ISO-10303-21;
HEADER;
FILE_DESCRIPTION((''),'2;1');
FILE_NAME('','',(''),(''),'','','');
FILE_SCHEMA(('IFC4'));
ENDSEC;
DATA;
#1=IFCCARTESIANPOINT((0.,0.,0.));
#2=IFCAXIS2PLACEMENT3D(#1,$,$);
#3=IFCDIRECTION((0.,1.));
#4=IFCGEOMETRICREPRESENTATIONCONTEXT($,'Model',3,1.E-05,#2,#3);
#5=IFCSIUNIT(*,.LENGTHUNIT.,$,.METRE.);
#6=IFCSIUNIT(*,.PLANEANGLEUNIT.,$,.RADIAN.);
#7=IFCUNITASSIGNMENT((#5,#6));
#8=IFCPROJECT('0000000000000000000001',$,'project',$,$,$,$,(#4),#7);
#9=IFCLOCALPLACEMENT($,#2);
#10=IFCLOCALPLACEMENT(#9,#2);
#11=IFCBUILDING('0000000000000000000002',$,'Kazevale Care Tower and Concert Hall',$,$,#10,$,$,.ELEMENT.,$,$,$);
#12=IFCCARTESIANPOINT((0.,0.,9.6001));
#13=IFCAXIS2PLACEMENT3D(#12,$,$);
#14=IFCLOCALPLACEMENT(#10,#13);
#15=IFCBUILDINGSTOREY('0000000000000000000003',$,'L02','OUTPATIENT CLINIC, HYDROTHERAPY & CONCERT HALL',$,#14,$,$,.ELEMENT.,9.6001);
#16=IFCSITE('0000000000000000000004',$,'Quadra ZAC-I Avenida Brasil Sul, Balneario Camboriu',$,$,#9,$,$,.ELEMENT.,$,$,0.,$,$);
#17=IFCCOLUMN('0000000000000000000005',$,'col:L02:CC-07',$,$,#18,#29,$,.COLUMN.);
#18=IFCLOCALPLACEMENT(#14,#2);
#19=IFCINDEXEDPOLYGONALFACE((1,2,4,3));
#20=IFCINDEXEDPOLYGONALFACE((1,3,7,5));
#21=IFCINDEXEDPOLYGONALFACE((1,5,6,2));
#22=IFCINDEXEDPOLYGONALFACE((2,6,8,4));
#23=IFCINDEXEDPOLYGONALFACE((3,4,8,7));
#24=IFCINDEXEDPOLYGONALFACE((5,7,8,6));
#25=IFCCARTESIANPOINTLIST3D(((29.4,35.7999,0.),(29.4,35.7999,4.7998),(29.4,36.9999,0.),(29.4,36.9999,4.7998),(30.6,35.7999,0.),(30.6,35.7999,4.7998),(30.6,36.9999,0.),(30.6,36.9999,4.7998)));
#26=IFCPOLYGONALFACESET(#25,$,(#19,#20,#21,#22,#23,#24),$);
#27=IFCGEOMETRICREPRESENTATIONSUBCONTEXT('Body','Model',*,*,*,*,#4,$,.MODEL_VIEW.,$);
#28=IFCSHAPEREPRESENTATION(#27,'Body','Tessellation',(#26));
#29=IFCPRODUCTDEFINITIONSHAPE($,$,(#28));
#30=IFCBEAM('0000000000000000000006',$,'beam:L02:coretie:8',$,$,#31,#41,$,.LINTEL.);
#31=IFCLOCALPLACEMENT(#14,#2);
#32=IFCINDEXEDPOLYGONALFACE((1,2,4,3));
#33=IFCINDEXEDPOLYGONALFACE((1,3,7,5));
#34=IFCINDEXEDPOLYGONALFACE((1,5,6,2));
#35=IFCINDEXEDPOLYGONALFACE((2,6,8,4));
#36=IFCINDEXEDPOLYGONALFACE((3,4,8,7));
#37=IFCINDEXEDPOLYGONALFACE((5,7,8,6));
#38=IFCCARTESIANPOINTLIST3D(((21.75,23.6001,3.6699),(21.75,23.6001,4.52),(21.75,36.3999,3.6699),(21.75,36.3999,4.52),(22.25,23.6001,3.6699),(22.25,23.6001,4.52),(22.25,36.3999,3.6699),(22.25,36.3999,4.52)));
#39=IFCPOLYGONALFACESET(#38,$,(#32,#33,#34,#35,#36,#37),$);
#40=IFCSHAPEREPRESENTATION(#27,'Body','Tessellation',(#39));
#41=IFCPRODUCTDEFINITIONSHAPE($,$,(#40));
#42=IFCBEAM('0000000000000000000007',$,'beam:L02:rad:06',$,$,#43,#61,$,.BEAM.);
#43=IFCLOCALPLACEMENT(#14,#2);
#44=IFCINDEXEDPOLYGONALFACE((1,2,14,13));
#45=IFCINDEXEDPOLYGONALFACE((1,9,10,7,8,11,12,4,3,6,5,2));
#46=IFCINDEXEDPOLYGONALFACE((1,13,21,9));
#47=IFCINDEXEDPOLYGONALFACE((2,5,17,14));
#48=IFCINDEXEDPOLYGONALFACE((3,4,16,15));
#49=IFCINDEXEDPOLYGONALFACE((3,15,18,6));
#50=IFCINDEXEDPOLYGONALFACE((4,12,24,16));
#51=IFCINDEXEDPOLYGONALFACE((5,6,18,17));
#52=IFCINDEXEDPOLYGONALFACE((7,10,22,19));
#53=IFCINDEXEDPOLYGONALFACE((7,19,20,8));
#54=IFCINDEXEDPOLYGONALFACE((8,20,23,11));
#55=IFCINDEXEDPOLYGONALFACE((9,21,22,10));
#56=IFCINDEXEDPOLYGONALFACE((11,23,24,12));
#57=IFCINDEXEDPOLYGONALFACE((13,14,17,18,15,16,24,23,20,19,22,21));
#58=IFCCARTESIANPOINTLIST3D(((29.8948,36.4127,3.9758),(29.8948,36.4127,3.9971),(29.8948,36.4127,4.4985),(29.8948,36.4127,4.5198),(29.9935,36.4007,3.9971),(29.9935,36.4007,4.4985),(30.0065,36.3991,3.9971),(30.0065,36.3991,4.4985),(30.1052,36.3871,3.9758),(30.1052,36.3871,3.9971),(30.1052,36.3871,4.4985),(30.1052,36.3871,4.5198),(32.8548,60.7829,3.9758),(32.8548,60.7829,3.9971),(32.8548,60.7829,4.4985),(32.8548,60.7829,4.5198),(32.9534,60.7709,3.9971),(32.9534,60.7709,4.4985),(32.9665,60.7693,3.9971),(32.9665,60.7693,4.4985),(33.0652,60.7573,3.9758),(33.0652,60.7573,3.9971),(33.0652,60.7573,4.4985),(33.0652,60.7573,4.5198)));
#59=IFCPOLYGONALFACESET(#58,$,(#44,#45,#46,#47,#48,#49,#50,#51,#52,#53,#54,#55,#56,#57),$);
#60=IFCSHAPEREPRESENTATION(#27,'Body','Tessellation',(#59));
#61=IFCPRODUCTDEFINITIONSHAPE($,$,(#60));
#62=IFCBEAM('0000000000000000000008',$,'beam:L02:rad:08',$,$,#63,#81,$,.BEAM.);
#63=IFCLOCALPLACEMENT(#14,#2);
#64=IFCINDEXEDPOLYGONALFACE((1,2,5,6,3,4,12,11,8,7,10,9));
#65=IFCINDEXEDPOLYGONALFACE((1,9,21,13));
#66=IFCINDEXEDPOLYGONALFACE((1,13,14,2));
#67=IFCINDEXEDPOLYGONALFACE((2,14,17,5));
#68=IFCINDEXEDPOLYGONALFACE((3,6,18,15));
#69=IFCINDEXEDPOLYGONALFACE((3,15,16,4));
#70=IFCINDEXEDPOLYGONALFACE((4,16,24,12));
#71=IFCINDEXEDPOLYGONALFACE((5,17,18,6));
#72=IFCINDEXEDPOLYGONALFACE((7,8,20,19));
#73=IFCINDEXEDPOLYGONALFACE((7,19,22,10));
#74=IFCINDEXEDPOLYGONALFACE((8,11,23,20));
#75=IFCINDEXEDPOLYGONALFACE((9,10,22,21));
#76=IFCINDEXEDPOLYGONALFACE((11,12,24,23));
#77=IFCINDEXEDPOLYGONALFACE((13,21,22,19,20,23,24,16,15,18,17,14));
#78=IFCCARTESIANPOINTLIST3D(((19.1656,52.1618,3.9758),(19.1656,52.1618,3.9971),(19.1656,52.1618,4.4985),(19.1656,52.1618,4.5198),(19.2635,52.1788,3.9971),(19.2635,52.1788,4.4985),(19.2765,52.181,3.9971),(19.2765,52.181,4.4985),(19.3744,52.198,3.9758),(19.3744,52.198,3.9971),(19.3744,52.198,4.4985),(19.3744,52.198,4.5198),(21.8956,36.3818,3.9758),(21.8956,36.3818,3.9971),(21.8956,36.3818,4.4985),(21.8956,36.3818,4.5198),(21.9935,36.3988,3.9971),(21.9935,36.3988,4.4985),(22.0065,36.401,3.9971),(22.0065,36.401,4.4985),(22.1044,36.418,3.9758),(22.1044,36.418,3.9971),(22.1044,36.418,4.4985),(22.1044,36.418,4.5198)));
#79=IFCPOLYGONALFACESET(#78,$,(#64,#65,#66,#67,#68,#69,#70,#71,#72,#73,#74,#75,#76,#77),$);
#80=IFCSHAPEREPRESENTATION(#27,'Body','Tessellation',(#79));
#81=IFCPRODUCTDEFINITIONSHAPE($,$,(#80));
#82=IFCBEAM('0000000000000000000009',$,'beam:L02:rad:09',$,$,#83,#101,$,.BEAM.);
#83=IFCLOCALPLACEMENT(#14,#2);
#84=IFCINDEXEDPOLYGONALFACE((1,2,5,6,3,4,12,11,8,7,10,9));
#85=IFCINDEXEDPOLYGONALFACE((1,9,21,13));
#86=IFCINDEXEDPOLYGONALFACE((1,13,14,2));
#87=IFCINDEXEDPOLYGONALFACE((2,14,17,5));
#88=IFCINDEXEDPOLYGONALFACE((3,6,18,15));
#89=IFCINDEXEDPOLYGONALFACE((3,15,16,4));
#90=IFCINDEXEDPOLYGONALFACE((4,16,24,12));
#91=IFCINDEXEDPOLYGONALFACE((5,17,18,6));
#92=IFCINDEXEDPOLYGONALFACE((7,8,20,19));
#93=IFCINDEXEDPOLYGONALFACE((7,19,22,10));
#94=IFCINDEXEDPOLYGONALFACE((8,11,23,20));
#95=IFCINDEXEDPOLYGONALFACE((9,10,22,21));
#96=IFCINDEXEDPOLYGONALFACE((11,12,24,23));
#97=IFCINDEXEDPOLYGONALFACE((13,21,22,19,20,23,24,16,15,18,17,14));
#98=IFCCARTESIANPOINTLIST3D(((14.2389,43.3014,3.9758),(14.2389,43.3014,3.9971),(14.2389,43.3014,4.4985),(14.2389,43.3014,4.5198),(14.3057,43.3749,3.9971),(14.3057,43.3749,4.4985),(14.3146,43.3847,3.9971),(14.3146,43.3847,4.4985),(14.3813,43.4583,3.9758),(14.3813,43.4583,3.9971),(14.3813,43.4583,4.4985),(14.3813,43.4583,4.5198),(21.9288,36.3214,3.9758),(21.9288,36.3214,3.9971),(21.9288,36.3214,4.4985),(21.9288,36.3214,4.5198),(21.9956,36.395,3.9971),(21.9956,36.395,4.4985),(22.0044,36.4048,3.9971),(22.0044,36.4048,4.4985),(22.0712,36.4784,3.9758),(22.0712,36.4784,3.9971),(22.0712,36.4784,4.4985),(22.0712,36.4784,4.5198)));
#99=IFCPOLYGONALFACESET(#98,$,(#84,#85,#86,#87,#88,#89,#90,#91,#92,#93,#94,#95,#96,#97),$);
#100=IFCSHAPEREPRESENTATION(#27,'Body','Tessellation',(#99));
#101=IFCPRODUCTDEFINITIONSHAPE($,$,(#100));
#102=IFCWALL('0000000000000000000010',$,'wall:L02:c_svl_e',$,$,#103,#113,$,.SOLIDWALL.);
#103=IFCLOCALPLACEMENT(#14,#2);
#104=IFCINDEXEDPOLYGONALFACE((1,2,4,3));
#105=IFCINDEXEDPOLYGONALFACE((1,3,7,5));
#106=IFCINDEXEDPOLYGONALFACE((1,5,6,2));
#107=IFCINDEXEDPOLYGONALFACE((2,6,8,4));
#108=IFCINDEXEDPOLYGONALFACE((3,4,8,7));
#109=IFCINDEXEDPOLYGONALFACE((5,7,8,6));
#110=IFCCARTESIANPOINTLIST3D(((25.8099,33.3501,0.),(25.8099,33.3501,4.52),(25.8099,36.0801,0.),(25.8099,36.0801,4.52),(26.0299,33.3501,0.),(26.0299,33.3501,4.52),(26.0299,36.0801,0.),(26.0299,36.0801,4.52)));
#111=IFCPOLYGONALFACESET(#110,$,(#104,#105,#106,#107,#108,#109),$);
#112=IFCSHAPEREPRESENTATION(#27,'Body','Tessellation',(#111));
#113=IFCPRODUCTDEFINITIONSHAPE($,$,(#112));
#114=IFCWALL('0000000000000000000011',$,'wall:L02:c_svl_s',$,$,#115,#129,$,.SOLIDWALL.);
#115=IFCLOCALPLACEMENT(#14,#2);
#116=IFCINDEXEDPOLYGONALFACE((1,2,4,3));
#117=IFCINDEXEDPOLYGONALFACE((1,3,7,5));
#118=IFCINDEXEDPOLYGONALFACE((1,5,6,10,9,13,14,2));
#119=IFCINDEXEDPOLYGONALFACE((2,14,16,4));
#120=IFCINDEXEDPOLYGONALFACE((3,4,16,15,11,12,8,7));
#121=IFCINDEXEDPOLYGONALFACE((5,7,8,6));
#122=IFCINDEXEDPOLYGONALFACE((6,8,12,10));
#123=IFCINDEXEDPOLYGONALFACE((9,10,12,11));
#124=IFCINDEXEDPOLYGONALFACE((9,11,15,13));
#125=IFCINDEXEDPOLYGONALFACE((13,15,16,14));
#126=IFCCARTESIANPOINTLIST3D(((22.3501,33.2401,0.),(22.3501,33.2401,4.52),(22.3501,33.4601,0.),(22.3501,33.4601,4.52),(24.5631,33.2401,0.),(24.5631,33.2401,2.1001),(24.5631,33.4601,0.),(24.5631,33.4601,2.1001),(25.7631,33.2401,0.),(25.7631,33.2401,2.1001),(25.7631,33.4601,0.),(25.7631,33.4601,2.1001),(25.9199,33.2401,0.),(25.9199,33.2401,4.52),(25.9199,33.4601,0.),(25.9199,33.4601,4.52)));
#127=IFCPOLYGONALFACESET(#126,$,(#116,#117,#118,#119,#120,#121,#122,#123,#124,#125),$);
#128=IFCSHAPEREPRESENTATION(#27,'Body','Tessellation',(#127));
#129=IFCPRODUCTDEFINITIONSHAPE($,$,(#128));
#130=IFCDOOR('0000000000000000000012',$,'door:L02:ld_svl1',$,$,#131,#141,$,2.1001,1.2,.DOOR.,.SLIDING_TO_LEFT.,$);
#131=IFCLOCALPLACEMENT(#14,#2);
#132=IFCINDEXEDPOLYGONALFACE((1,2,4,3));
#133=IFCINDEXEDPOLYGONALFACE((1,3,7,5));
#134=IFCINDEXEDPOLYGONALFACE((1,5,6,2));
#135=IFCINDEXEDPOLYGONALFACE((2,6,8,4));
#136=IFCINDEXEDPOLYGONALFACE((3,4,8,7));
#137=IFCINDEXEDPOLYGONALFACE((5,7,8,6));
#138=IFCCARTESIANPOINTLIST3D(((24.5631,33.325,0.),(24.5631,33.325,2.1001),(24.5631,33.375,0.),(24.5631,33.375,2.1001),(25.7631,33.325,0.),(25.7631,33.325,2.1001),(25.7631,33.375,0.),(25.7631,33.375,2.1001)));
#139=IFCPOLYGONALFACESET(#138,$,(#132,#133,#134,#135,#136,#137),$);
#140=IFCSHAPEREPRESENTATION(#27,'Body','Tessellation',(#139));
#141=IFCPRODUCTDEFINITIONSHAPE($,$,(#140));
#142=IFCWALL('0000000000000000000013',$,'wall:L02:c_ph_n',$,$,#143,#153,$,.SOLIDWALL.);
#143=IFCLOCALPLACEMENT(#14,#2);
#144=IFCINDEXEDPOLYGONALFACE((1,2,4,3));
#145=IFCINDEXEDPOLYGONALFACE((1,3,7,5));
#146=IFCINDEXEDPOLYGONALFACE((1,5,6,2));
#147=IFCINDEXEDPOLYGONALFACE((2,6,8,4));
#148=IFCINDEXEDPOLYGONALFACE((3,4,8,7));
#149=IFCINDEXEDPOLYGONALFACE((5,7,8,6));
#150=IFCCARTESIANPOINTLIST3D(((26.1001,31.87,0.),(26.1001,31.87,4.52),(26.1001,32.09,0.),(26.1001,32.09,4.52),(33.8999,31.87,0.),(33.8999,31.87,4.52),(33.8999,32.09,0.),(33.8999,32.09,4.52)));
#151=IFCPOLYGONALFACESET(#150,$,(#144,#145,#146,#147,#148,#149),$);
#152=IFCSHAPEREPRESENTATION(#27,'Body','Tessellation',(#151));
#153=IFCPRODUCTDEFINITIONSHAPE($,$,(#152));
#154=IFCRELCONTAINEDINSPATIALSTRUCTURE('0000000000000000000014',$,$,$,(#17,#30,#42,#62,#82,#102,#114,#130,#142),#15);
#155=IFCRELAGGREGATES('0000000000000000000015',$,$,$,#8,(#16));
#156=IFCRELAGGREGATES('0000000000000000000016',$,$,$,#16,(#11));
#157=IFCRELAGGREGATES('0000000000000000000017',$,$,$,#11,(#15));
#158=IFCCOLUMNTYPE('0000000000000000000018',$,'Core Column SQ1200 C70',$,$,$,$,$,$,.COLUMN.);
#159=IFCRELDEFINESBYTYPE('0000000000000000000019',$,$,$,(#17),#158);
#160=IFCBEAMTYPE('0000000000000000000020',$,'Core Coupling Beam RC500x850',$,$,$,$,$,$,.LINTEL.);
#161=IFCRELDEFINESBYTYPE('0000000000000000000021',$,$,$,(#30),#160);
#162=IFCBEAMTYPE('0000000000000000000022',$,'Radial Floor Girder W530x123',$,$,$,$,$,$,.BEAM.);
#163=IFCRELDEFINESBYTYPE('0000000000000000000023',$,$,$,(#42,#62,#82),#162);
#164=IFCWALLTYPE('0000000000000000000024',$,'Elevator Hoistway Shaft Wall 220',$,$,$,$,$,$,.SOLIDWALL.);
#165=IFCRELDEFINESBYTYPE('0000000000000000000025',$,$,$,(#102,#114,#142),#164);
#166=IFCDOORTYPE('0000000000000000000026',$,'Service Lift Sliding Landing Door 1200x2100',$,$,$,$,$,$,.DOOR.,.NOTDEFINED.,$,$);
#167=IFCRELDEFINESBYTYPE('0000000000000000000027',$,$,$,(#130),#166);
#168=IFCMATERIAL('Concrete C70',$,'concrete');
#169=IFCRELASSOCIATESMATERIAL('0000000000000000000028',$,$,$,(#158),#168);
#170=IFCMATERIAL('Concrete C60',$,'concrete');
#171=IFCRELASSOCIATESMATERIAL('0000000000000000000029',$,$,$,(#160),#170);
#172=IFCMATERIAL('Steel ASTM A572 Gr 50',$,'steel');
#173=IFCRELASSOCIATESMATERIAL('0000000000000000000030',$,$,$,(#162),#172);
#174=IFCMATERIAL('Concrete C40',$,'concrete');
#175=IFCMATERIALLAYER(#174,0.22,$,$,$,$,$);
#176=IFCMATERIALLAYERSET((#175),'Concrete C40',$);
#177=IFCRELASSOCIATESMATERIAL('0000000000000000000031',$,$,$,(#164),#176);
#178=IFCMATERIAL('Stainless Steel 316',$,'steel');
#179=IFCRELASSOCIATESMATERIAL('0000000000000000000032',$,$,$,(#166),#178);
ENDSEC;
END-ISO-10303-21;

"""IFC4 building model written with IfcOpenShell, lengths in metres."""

from ifc_helpers import new_model, si_unit, direction, frame, frame_2d, origin, origin_2d, place, context, subcontext, project, spatial, rectangle, i_section, extrude, material, layer, layer_set, material_profile, profile_set, type_object, element, fill, save


model = new_model("IFC4")

# Units and contexts
model_context = context("Model", 3, precision=1e-05, world=origin(), true_north=direction((0.0, 1.0)))
body_context = subcontext(model_context, "Body", "Model", "MODEL_VIEW")
ifc_project = project(units=[si_unit("LENGTHUNIT", "METRE"), si_unit("PLANEANGLEUNIT", "RADIAN")], contexts=[model_context])

# Site, building, storey
site_placement = place(None, origin())
site = spatial("IfcSite", under=ifc_project, at=site_placement, Name="Quadra ZAC-I Avenida Brasil Sul, Balneario Camboriu", CompositionType="ELEMENT", RefElevation=0.0)
building_placement = place(site_placement, origin())
building = spatial("IfcBuilding", under=site, at=building_placement, Name="Kazevale Care Tower and Concert Hall", CompositionType="ELEMENT")
storey_placement = place(building_placement, frame((0.0, 0.0, 9.6001)))
storey = spatial("IfcBuildingStorey", under=building, at=storey_placement, Name="L02", Description="OUTPATIENT CLINIC, HYDROTHERAPY & CONCERT HALL", CompositionType="ELEMENT", Elevation=9.6001)

# Column
ifc_material_1 = material(Name="Concrete C70", Category="concrete")
ifc_material_profile_1 = material_profile(ifc_material_1, rectangle(XDim=1.2, YDim=1.2, at=origin_2d()), Name="RC-SQ1200")
ifc_profile_set_1 = profile_set([ifc_material_profile_1], Name="Concrete C70")
column_type = type_object("IfcColumnType", Name="Core Column SQ1200 C70", PredefinedType="COLUMN", material=ifc_profile_set_1)
column_placement = place(storey_placement, frame((30.0, 36.3999, 0.0), z_axis=(0.0, 0.0, 1.0), x_axis=(1.0, 0.0, 0.0)))
element("IfcColumn", 1, at=column_placement, inside=storey, type_object=column_type, Name="col:L02:CC-07", PredefinedType="COLUMN", context=body_context, shape_type="SweptSolid", body=[
    extrude(rectangle(XDim=1.2, YDim=1.2, at=origin_2d()), origin(), (0.0, 0.0, 1.0), 4.7998),
])

# Beams
ifc_material_2 = material(Name="Concrete C60", Category="concrete")
ifc_material_profile_2 = material_profile(ifc_material_2, rectangle(XDim=0.5, YDim=0.8501, at=origin_2d()), Name="RC-B500x850")
ifc_profile_set_2 = profile_set([ifc_material_profile_2], Name="Concrete C60")
beam_type_1 = type_object("IfcBeamType", Name="Core Coupling Beam RC500x850", PredefinedType="LINTEL", material=ifc_profile_set_2)
beam_1_placement = place(storey_placement, frame((22.0, 36.3999, 4.095), z_axis=(0.0, -1.0, 0.0), x_axis=(1.0, 0.0, 0.0)))
element("IfcBeam", 2, at=beam_1_placement, inside=storey, type_object=beam_type_1, Name="beam:L02:coretie:8", PredefinedType="LINTEL", context=body_context, shape_type="SweptSolid", body=[
    extrude(rectangle(XDim=0.5, YDim=0.8501, at=origin_2d()), origin(), (0.0, 0.0, 1.0), 12.7998),
])
ifc_material_3 = material(Name="Steel ASTM A572 Gr 50", Category="steel")
ifc_material_profile_3 = material_profile(ifc_material_3, i_section(OverallWidth=0.2119, OverallDepth=0.5439, WebThickness=0.0132, FlangeThickness=0.0212, at=origin_2d()), Name="W530x123")
ifc_profile_set_3 = profile_set([ifc_material_profile_3], Name="Steel ASTM A572 Gr 50")
beam_type_2 = type_object("IfcBeamType", Name="Radial Floor Girder W530x123", PredefinedType="BEAM", material=ifc_profile_set_3)
beam_2_placement = place(storey_placement, frame((30.0, 36.3999, 4.2478), z_axis=(0.120573, 0.992705, 0.0), x_axis=(-0.992705, 0.120573, 0.0)))
element("IfcBeam", 3, at=beam_2_placement, inside=storey, type_object=beam_type_2, Name="beam:L02:rad:06", PredefinedType="BEAM", context=body_context, shape_type="SweptSolid", body=[
    extrude(i_section(OverallWidth=0.2119, OverallDepth=0.5439, WebThickness=0.0132, FlangeThickness=0.0212, at=origin_2d()), origin(), (0.0, 0.0, 1.0), 24.5493),
])
beam_3_placement = place(storey_placement, frame((22.0, 36.3999, 4.2478), z_axis=(-0.17047, 0.985363, 0.0), x_axis=(-0.985363, -0.17047, 0.0)))
element("IfcBeam", 4, at=beam_3_placement, inside=storey, type_object=beam_type_2, Name="beam:L02:rad:08", PredefinedType="BEAM", context=body_context, shape_type="SweptSolid", body=[
    extrude(i_section(OverallWidth=0.2119, OverallDepth=0.5439, WebThickness=0.0132, FlangeThickness=0.0212, at=origin_2d()), origin(), (0.0, 0.0, 1.0), 16.0144),
])
beam_4_placement = place(storey_placement, frame((22.0, 36.3999, 4.2478), z_axis=(-0.740461, 0.672099, 0.0), x_axis=(-0.672099, -0.740461, 0.0)))
element("IfcBeam", 5, at=beam_4_placement, inside=storey, type_object=beam_type_2, Name="beam:L02:rad:09", PredefinedType="BEAM", context=body_context, shape_type="SweptSolid", body=[
    extrude(i_section(OverallWidth=0.2119, OverallDepth=0.5439, WebThickness=0.0132, FlangeThickness=0.0212, at=origin_2d()), origin(), (0.0, 0.0, 1.0), 10.3853),
])

# Wall
ifc_material_4 = material(Name="Concrete C40", Category="concrete")
ifc_layer_1 = layer(ifc_material_4, 0.22)
ifc_layer_set_1 = layer_set([ifc_layer_1], Name="Concrete C40")
wall_type_1 = type_object("IfcWallType", Name="Elevator Hoistway Shaft Wall 220", PredefinedType="SOLIDWALL", material=ifc_layer_set_1)
wall_1_placement = place(storey_placement, frame((25.9199, 33.3501, 0.0), z_axis=(0.0, 0.0, 1.0), x_axis=(0.0, 1.0, 0.0)))
element("IfcWall", 6, at=wall_1_placement, inside=storey, type_object=wall_type_1, Name="wall:L02:c_svl_e", PredefinedType="SOLIDWALL", context=body_context, shape_type="SweptSolid", body=[
    extrude(rectangle(XDim=2.73, YDim=0.22, at=frame_2d((1.365, 0.0))), origin(), (0.0, 0.0, 1.0), 4.52),
])

# Wall, opening, door
wall_2_placement = place(storey_placement, frame((22.3501, 33.3501, 0.0), z_axis=(0.0, 0.0, 1.0), x_axis=(1.0, 0.0, 0.0)))
wall_2 = element("IfcWall", 7, at=wall_2_placement, inside=storey, type_object=wall_type_1, Name="wall:L02:c_svl_s", PredefinedType="SOLIDWALL", context=body_context, shape_type="SweptSolid", body=[
    extrude(rectangle(XDim=3.5698, YDim=0.22, at=frame_2d((1.7849, 0.0))), origin(), (0.0, 0.0, 1.0), 4.52),
])
opening_1_placement = place(wall_2_placement, frame((2.2129, 0.0, 0.0)))
opening_1 = element("IfcOpeningElement", 8, at=opening_1_placement, cuts=wall_2, PredefinedType="OPENING", context=body_context, shape_type="SweptSolid", body=[
    extrude(rectangle(XDim=1.2, YDim=2.1001, at=frame_2d((0.6001, 1.05))), frame((0.0, 0.1199, 0.0), z_axis=(0.0, -1.0, 0.0), x_axis=(1.0, 0.0, 0.0)), (0.0, 0.0, 1.0), 0.24),
])
ifc_material_5 = material(Name="Stainless Steel 316", Category="steel")
door_type_1 = type_object("IfcDoorType", Name="Service Lift Sliding Landing Door 1200x2100", OperationType="NOTDEFINED", PredefinedType="DOOR", material=ifc_material_5)
door_1_placement = place(opening_1_placement, origin())
door_1 = element("IfcDoor", 9, at=door_1_placement, inside=storey, type_object=door_type_1, Name="door:L02:ld_svl1", OperationType="SLIDING_TO_LEFT", OverallHeight=2.1001, OverallWidth=1.2, PredefinedType="DOOR", context=body_context, shape_type="SweptSolid", body=[
    extrude(rectangle(XDim=1.2, YDim=2.1001, at=frame_2d((0.6001, 1.05))), frame((0.0, 0.0249, 0.0), z_axis=(0.0, -1.0, 0.0), x_axis=(1.0, 0.0, 0.0)), (0.0, 0.0, 1.0), 0.05),
])
fill(opening_1, door_1)

# Wall
wall_3_placement = place(storey_placement, frame((26.1001, 31.98, 0.0), z_axis=(0.0, 0.0, 1.0), x_axis=(1.0, 0.0, 0.0)))
element("IfcWall", 10, at=wall_3_placement, inside=storey, type_object=wall_type_1, Name="wall:L02:c_ph_n", PredefinedType="SOLIDWALL", context=body_context, shape_type="SweptSolid", body=[
    extrude(rectangle(XDim=7.7998, YDim=0.22, at=frame_2d((3.8999, 0.0))), origin(), (0.0, 0.0, 1.0), 4.52),
])

save(model, "model.ifc")
